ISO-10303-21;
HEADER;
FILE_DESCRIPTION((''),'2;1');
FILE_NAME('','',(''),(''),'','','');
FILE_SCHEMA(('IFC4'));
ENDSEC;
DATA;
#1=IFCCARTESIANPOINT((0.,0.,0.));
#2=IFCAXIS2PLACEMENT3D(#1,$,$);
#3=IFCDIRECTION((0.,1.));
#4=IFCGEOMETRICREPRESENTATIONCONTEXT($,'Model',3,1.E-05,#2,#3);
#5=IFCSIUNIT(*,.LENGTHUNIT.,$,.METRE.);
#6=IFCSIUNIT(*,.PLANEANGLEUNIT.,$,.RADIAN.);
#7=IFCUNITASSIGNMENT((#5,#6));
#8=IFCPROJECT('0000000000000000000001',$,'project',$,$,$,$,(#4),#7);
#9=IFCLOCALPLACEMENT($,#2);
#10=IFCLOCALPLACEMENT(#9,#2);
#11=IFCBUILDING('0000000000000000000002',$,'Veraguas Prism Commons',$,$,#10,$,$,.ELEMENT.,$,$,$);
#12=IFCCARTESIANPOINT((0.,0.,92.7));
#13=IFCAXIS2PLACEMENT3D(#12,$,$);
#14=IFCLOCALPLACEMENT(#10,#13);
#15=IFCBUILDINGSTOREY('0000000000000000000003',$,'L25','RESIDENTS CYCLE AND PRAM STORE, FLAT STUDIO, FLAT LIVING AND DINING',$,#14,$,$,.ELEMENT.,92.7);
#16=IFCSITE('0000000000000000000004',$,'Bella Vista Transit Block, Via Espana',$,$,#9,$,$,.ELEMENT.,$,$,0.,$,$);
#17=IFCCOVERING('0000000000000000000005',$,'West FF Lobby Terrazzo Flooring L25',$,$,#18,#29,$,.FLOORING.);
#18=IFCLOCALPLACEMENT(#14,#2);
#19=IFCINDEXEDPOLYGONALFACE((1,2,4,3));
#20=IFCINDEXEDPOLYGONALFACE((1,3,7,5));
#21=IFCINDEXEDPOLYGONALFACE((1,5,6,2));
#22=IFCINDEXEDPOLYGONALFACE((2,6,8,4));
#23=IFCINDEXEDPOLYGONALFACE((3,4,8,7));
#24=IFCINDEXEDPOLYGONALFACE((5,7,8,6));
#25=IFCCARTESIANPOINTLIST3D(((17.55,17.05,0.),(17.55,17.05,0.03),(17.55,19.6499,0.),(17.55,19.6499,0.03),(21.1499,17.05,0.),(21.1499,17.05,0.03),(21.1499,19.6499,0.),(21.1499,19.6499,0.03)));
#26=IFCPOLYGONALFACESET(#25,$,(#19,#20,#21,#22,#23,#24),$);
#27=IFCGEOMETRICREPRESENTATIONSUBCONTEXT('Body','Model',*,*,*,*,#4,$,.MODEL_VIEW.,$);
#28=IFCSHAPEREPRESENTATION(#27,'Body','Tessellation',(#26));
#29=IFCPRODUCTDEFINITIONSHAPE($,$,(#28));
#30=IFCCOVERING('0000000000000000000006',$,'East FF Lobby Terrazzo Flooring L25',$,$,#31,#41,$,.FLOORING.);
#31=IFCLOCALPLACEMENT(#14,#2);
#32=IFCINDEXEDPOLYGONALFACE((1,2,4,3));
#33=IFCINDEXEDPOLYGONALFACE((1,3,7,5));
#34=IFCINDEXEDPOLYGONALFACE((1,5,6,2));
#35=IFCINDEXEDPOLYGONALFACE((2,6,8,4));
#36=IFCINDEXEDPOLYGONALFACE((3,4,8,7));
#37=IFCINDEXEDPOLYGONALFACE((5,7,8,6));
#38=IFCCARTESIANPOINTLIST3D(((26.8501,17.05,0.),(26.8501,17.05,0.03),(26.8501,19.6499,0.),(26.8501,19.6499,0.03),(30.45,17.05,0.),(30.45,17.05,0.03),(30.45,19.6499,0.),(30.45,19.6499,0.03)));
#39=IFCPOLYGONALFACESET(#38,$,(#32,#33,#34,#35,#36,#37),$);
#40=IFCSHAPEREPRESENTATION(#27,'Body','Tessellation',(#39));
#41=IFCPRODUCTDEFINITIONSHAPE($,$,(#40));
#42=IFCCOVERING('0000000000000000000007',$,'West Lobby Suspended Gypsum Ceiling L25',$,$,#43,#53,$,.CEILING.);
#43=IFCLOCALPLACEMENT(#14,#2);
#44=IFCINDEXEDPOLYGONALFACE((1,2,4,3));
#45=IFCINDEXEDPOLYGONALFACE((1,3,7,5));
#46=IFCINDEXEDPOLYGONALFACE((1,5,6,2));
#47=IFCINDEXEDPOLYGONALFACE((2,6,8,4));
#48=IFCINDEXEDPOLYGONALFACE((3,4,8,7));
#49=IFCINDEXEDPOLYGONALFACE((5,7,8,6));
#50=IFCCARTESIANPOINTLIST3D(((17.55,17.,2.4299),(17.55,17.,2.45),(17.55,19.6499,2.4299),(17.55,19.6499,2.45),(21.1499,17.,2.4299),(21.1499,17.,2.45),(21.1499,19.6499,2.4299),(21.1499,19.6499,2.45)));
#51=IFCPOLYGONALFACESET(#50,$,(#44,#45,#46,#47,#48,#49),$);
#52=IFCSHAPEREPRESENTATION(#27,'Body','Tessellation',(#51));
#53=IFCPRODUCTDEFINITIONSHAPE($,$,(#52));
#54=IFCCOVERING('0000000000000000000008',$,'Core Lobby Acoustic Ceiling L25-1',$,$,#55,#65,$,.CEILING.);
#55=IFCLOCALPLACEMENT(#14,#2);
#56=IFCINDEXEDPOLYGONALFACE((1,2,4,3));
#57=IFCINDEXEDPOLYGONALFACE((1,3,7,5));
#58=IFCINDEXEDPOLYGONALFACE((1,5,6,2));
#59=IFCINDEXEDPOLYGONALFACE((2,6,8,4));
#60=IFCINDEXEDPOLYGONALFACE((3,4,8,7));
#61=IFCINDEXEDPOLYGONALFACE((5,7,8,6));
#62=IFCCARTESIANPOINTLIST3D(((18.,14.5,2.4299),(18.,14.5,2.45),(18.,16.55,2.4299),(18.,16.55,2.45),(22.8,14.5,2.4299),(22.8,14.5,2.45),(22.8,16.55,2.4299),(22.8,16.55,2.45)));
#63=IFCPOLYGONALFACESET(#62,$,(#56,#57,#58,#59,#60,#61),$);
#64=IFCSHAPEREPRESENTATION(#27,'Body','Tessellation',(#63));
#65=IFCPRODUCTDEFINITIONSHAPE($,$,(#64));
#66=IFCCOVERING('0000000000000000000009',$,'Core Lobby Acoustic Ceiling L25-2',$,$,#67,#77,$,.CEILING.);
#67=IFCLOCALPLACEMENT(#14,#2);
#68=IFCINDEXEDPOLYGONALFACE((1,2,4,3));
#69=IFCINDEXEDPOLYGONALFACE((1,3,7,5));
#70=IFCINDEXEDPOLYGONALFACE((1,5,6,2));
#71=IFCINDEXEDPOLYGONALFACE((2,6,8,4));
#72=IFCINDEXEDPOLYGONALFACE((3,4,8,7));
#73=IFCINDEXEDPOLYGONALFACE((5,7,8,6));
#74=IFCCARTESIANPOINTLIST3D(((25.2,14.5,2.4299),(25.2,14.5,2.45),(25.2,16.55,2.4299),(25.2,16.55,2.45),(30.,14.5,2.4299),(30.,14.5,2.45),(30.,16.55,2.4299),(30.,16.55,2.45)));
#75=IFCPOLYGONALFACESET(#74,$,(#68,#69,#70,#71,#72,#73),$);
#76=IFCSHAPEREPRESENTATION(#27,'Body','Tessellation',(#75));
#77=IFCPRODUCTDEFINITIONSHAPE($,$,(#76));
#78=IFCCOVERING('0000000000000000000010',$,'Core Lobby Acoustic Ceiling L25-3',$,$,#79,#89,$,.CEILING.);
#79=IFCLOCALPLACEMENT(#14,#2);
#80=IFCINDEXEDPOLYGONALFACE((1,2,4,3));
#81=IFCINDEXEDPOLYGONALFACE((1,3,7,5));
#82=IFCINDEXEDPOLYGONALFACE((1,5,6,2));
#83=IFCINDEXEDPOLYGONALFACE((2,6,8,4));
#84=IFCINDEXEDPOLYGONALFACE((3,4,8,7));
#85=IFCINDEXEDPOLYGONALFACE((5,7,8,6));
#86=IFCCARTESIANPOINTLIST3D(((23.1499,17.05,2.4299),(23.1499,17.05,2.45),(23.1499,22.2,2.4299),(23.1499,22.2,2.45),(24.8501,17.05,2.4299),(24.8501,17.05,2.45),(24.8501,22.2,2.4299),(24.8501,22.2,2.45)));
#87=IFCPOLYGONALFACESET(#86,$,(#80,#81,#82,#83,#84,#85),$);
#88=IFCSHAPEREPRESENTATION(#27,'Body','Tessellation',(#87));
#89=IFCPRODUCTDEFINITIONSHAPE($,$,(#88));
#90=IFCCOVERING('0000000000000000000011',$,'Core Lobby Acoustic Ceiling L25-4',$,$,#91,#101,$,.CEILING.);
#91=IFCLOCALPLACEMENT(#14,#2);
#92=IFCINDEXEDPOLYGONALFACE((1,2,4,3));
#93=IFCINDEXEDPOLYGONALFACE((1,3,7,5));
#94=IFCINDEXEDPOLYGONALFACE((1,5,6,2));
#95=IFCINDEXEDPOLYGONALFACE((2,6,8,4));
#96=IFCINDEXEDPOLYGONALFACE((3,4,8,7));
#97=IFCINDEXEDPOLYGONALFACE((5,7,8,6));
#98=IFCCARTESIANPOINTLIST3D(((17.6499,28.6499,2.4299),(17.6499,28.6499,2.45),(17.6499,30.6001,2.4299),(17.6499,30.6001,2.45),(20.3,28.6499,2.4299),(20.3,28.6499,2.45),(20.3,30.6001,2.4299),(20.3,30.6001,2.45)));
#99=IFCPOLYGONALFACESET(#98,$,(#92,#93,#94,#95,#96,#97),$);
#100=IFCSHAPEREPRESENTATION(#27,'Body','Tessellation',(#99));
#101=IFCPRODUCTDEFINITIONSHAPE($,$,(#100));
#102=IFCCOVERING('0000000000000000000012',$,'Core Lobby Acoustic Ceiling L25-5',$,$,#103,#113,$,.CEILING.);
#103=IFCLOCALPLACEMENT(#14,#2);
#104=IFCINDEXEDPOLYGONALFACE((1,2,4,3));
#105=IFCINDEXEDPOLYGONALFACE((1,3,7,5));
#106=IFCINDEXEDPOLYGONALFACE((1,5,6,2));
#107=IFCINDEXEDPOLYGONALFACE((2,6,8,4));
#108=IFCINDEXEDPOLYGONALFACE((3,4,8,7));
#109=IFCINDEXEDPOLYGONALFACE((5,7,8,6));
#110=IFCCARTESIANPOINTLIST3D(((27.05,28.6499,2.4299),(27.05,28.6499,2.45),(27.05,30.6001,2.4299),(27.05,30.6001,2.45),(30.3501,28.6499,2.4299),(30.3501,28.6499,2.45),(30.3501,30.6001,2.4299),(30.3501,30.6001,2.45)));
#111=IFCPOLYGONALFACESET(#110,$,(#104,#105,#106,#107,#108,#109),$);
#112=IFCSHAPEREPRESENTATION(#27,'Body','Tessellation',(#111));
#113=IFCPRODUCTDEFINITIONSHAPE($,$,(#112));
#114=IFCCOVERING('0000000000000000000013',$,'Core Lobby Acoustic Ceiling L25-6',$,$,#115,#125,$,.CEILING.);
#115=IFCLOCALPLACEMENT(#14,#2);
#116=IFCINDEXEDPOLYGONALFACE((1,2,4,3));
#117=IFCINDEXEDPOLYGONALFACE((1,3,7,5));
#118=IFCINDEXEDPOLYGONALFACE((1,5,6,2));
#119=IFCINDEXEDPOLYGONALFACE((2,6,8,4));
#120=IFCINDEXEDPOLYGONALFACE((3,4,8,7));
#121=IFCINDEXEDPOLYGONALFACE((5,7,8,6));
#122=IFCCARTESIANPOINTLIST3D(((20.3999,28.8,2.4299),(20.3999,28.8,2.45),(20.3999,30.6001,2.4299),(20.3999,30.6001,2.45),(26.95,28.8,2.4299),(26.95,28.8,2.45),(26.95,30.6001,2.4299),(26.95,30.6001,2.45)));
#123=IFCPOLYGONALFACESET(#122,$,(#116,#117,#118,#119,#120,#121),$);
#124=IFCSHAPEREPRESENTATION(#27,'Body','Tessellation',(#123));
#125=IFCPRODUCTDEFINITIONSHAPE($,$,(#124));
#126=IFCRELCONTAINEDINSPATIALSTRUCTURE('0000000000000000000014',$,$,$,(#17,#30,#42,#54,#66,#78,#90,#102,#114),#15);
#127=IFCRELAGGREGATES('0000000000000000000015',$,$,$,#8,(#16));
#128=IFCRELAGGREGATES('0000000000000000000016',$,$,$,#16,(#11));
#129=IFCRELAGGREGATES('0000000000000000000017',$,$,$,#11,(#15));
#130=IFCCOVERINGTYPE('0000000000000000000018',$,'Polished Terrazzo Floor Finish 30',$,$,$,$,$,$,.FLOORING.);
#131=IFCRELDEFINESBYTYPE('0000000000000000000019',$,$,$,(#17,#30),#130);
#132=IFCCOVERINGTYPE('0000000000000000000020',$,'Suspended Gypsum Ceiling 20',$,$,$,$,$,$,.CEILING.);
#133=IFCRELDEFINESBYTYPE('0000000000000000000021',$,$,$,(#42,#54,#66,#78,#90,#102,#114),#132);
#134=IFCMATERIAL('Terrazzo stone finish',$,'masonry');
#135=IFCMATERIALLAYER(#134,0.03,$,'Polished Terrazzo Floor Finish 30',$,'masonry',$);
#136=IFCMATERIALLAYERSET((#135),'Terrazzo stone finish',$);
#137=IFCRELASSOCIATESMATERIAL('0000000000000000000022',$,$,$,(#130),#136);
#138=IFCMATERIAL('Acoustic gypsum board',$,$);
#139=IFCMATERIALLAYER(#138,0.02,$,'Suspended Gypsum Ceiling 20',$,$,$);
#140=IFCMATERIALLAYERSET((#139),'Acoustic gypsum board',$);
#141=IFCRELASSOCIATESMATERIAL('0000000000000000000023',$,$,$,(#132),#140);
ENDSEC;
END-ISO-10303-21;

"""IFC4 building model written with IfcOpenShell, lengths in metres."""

from ifc_helpers import new_model, si_unit, direction, frame, origin, place, context, subcontext, project, spatial, polyline, outline, extrude, material, layer, layer_set, type_object, element, save


model = new_model("IFC4")

# Units and contexts
model_context = context("Model", 3, precision=1e-05, world=origin(), true_north=direction((0.0, 1.0)))
body_context = subcontext(model_context, "Body", "Model", "MODEL_VIEW")
ifc_project = project(units=[si_unit("LENGTHUNIT", "METRE"), si_unit("PLANEANGLEUNIT", "RADIAN")], contexts=[model_context])

# Site, building, storey
site_placement = place(None, origin())
site = spatial("IfcSite", under=ifc_project, at=site_placement, Name="Bella Vista Transit Block, Via Espana", CompositionType="ELEMENT", RefElevation=0.0)
building_placement = place(site_placement, origin())
building = spatial("IfcBuilding", under=site, at=building_placement, Name="Veraguas Prism Commons", CompositionType="ELEMENT")
storey_placement = place(building_placement, frame((0.0, 0.0, 92.7)))
storey = spatial("IfcBuildingStorey", under=building, at=storey_placement, Name="L25", Description="RESIDENTS CYCLE AND PRAM STORE, FLAT STUDIO, FLAT LIVING AND DINING", CompositionType="ELEMENT", Elevation=92.7)

# Coverings
ifc_material_1 = material(Name="Acoustic gypsum board")
ifc_material_2 = material(Name="Terrazzo stone finish", Category="masonry")
ifc_layer_1 = layer(ifc_material_2, 0.03, Name="Polished Terrazzo Floor Finish 30", Category="masonry")
ifc_layer_set_1 = layer_set([ifc_layer_1], Name="Terrazzo stone finish")
covering_type_1 = type_object("IfcCoveringType", Name="Polished Terrazzo Floor Finish 30", PredefinedType="FLOORING", material=ifc_layer_set_1)
covering_1_placement = place(storey_placement, origin())
element("IfcCovering", 1, at=covering_1_placement, inside=storey, type_object=covering_type_1, Name="West FF Lobby Terrazzo Flooring L25", PredefinedType="FLOORING", context=body_context, shape_type="SweptSolid", body=[
    extrude(outline(polyline([(17.55, 17.05), (21.1499, 17.05), (21.1499, 19.6499), (17.55, 19.6499), (17.55, 17.05)])), origin(), (0.0, 0.0, 1.0), 0.03),
])
covering_2_placement = place(storey_placement, origin())
element("IfcCovering", 2, at=covering_2_placement, inside=storey, type_object=covering_type_1, Name="East FF Lobby Terrazzo Flooring L25", PredefinedType="FLOORING", context=body_context, shape_type="SweptSolid", body=[
    extrude(outline(polyline([(26.8501, 17.05), (30.45, 17.05), (30.45, 19.6499), (26.8501, 19.6499), (26.8501, 17.05)])), origin(), (0.0, 0.0, 1.0), 0.03),
])
ifc_layer_2 = layer(ifc_material_1, 0.02, Name="Suspended Gypsum Ceiling 20")
ifc_layer_set_2 = layer_set([ifc_layer_2], Name="Acoustic gypsum board")
covering_type_2 = type_object("IfcCoveringType", Name="Suspended Gypsum Ceiling 20", PredefinedType="CEILING", material=ifc_layer_set_2)
covering_3_placement = place(storey_placement, frame((0.0, 0.0, 2.4299)))
element("IfcCovering", 3, at=covering_3_placement, inside=storey, type_object=covering_type_2, Name="West Lobby Suspended Gypsum Ceiling L25", PredefinedType="CEILING", context=body_context, shape_type="SweptSolid", body=[
    extrude(outline(polyline([(17.55, 17.0), (21.1499, 17.0), (21.1499, 19.6499), (17.55, 19.6499), (17.55, 17.0)])), origin(), (0.0, 0.0, 1.0), 0.02),
])
covering_4_placement = place(storey_placement, frame((0.0, 0.0, 2.4299)))
element("IfcCovering", 4, at=covering_4_placement, inside=storey, type_object=covering_type_2, Name="Core Lobby Acoustic Ceiling L25-1", PredefinedType="CEILING", context=body_context, shape_type="SweptSolid", body=[
    extrude(outline(polyline([(18.0, 14.5), (22.8, 14.5), (22.8, 16.55), (18.0, 16.55), (18.0, 14.5)])), origin(), (0.0, 0.0, 1.0), 0.02),
])
covering_5_placement = place(storey_placement, frame((0.0, 0.0, 2.4299)))
element("IfcCovering", 5, at=covering_5_placement, inside=storey, type_object=covering_type_2, Name="Core Lobby Acoustic Ceiling L25-2", PredefinedType="CEILING", context=body_context, shape_type="SweptSolid", body=[
    extrude(outline(polyline([(25.2, 14.5), (30.0, 14.5), (30.0, 16.55), (25.2, 16.55), (25.2, 14.5)])), origin(), (0.0, 0.0, 1.0), 0.02),
])
covering_6_placement = place(storey_placement, frame((0.0, 0.0, 2.4299)))
element("IfcCovering", 6, at=covering_6_placement, inside=storey, type_object=covering_type_2, Name="Core Lobby Acoustic Ceiling L25-3", PredefinedType="CEILING", context=body_context, shape_type="SweptSolid", body=[
    extrude(outline(polyline([(23.1499, 17.05), (24.8501, 17.05), (24.8501, 22.2), (23.1499, 22.2), (23.1499, 17.05)])), origin(), (0.0, 0.0, 1.0), 0.02),
])
covering_7_placement = place(storey_placement, frame((0.0, 0.0, 2.4299)))
element("IfcCovering", 7, at=covering_7_placement, inside=storey, type_object=covering_type_2, Name="Core Lobby Acoustic Ceiling L25-4", PredefinedType="CEILING", context=body_context, shape_type="SweptSolid", body=[
    extrude(outline(polyline([(17.6499, 28.6499), (20.3, 28.6499), (20.3, 30.6001), (17.6499, 30.6001), (17.6499, 28.6499)])), origin(), (0.0, 0.0, 1.0), 0.02),
])
covering_8_placement = place(storey_placement, frame((0.0, 0.0, 2.4299)))
element("IfcCovering", 8, at=covering_8_placement, inside=storey, type_object=covering_type_2, Name="Core Lobby Acoustic Ceiling L25-5", PredefinedType="CEILING", context=body_context, shape_type="SweptSolid", body=[
    extrude(outline(polyline([(27.05, 28.6499), (30.3501, 28.6499), (30.3501, 30.6001), (27.05, 30.6001), (27.05, 28.6499)])), origin(), (0.0, 0.0, 1.0), 0.02),
])
covering_9_placement = place(storey_placement, frame((0.0, 0.0, 2.4299)))
element("IfcCovering", 9, at=covering_9_placement, inside=storey, type_object=covering_type_2, Name="Core Lobby Acoustic Ceiling L25-6", PredefinedType="CEILING", context=body_context, shape_type="SweptSolid", body=[
    extrude(outline(polyline([(20.3999, 28.8), (26.95, 28.8), (26.95, 30.6001), (20.3999, 30.6001), (20.3999, 28.8)])), origin(), (0.0, 0.0, 1.0), 0.02),
])

save(model, "model.ifc")
